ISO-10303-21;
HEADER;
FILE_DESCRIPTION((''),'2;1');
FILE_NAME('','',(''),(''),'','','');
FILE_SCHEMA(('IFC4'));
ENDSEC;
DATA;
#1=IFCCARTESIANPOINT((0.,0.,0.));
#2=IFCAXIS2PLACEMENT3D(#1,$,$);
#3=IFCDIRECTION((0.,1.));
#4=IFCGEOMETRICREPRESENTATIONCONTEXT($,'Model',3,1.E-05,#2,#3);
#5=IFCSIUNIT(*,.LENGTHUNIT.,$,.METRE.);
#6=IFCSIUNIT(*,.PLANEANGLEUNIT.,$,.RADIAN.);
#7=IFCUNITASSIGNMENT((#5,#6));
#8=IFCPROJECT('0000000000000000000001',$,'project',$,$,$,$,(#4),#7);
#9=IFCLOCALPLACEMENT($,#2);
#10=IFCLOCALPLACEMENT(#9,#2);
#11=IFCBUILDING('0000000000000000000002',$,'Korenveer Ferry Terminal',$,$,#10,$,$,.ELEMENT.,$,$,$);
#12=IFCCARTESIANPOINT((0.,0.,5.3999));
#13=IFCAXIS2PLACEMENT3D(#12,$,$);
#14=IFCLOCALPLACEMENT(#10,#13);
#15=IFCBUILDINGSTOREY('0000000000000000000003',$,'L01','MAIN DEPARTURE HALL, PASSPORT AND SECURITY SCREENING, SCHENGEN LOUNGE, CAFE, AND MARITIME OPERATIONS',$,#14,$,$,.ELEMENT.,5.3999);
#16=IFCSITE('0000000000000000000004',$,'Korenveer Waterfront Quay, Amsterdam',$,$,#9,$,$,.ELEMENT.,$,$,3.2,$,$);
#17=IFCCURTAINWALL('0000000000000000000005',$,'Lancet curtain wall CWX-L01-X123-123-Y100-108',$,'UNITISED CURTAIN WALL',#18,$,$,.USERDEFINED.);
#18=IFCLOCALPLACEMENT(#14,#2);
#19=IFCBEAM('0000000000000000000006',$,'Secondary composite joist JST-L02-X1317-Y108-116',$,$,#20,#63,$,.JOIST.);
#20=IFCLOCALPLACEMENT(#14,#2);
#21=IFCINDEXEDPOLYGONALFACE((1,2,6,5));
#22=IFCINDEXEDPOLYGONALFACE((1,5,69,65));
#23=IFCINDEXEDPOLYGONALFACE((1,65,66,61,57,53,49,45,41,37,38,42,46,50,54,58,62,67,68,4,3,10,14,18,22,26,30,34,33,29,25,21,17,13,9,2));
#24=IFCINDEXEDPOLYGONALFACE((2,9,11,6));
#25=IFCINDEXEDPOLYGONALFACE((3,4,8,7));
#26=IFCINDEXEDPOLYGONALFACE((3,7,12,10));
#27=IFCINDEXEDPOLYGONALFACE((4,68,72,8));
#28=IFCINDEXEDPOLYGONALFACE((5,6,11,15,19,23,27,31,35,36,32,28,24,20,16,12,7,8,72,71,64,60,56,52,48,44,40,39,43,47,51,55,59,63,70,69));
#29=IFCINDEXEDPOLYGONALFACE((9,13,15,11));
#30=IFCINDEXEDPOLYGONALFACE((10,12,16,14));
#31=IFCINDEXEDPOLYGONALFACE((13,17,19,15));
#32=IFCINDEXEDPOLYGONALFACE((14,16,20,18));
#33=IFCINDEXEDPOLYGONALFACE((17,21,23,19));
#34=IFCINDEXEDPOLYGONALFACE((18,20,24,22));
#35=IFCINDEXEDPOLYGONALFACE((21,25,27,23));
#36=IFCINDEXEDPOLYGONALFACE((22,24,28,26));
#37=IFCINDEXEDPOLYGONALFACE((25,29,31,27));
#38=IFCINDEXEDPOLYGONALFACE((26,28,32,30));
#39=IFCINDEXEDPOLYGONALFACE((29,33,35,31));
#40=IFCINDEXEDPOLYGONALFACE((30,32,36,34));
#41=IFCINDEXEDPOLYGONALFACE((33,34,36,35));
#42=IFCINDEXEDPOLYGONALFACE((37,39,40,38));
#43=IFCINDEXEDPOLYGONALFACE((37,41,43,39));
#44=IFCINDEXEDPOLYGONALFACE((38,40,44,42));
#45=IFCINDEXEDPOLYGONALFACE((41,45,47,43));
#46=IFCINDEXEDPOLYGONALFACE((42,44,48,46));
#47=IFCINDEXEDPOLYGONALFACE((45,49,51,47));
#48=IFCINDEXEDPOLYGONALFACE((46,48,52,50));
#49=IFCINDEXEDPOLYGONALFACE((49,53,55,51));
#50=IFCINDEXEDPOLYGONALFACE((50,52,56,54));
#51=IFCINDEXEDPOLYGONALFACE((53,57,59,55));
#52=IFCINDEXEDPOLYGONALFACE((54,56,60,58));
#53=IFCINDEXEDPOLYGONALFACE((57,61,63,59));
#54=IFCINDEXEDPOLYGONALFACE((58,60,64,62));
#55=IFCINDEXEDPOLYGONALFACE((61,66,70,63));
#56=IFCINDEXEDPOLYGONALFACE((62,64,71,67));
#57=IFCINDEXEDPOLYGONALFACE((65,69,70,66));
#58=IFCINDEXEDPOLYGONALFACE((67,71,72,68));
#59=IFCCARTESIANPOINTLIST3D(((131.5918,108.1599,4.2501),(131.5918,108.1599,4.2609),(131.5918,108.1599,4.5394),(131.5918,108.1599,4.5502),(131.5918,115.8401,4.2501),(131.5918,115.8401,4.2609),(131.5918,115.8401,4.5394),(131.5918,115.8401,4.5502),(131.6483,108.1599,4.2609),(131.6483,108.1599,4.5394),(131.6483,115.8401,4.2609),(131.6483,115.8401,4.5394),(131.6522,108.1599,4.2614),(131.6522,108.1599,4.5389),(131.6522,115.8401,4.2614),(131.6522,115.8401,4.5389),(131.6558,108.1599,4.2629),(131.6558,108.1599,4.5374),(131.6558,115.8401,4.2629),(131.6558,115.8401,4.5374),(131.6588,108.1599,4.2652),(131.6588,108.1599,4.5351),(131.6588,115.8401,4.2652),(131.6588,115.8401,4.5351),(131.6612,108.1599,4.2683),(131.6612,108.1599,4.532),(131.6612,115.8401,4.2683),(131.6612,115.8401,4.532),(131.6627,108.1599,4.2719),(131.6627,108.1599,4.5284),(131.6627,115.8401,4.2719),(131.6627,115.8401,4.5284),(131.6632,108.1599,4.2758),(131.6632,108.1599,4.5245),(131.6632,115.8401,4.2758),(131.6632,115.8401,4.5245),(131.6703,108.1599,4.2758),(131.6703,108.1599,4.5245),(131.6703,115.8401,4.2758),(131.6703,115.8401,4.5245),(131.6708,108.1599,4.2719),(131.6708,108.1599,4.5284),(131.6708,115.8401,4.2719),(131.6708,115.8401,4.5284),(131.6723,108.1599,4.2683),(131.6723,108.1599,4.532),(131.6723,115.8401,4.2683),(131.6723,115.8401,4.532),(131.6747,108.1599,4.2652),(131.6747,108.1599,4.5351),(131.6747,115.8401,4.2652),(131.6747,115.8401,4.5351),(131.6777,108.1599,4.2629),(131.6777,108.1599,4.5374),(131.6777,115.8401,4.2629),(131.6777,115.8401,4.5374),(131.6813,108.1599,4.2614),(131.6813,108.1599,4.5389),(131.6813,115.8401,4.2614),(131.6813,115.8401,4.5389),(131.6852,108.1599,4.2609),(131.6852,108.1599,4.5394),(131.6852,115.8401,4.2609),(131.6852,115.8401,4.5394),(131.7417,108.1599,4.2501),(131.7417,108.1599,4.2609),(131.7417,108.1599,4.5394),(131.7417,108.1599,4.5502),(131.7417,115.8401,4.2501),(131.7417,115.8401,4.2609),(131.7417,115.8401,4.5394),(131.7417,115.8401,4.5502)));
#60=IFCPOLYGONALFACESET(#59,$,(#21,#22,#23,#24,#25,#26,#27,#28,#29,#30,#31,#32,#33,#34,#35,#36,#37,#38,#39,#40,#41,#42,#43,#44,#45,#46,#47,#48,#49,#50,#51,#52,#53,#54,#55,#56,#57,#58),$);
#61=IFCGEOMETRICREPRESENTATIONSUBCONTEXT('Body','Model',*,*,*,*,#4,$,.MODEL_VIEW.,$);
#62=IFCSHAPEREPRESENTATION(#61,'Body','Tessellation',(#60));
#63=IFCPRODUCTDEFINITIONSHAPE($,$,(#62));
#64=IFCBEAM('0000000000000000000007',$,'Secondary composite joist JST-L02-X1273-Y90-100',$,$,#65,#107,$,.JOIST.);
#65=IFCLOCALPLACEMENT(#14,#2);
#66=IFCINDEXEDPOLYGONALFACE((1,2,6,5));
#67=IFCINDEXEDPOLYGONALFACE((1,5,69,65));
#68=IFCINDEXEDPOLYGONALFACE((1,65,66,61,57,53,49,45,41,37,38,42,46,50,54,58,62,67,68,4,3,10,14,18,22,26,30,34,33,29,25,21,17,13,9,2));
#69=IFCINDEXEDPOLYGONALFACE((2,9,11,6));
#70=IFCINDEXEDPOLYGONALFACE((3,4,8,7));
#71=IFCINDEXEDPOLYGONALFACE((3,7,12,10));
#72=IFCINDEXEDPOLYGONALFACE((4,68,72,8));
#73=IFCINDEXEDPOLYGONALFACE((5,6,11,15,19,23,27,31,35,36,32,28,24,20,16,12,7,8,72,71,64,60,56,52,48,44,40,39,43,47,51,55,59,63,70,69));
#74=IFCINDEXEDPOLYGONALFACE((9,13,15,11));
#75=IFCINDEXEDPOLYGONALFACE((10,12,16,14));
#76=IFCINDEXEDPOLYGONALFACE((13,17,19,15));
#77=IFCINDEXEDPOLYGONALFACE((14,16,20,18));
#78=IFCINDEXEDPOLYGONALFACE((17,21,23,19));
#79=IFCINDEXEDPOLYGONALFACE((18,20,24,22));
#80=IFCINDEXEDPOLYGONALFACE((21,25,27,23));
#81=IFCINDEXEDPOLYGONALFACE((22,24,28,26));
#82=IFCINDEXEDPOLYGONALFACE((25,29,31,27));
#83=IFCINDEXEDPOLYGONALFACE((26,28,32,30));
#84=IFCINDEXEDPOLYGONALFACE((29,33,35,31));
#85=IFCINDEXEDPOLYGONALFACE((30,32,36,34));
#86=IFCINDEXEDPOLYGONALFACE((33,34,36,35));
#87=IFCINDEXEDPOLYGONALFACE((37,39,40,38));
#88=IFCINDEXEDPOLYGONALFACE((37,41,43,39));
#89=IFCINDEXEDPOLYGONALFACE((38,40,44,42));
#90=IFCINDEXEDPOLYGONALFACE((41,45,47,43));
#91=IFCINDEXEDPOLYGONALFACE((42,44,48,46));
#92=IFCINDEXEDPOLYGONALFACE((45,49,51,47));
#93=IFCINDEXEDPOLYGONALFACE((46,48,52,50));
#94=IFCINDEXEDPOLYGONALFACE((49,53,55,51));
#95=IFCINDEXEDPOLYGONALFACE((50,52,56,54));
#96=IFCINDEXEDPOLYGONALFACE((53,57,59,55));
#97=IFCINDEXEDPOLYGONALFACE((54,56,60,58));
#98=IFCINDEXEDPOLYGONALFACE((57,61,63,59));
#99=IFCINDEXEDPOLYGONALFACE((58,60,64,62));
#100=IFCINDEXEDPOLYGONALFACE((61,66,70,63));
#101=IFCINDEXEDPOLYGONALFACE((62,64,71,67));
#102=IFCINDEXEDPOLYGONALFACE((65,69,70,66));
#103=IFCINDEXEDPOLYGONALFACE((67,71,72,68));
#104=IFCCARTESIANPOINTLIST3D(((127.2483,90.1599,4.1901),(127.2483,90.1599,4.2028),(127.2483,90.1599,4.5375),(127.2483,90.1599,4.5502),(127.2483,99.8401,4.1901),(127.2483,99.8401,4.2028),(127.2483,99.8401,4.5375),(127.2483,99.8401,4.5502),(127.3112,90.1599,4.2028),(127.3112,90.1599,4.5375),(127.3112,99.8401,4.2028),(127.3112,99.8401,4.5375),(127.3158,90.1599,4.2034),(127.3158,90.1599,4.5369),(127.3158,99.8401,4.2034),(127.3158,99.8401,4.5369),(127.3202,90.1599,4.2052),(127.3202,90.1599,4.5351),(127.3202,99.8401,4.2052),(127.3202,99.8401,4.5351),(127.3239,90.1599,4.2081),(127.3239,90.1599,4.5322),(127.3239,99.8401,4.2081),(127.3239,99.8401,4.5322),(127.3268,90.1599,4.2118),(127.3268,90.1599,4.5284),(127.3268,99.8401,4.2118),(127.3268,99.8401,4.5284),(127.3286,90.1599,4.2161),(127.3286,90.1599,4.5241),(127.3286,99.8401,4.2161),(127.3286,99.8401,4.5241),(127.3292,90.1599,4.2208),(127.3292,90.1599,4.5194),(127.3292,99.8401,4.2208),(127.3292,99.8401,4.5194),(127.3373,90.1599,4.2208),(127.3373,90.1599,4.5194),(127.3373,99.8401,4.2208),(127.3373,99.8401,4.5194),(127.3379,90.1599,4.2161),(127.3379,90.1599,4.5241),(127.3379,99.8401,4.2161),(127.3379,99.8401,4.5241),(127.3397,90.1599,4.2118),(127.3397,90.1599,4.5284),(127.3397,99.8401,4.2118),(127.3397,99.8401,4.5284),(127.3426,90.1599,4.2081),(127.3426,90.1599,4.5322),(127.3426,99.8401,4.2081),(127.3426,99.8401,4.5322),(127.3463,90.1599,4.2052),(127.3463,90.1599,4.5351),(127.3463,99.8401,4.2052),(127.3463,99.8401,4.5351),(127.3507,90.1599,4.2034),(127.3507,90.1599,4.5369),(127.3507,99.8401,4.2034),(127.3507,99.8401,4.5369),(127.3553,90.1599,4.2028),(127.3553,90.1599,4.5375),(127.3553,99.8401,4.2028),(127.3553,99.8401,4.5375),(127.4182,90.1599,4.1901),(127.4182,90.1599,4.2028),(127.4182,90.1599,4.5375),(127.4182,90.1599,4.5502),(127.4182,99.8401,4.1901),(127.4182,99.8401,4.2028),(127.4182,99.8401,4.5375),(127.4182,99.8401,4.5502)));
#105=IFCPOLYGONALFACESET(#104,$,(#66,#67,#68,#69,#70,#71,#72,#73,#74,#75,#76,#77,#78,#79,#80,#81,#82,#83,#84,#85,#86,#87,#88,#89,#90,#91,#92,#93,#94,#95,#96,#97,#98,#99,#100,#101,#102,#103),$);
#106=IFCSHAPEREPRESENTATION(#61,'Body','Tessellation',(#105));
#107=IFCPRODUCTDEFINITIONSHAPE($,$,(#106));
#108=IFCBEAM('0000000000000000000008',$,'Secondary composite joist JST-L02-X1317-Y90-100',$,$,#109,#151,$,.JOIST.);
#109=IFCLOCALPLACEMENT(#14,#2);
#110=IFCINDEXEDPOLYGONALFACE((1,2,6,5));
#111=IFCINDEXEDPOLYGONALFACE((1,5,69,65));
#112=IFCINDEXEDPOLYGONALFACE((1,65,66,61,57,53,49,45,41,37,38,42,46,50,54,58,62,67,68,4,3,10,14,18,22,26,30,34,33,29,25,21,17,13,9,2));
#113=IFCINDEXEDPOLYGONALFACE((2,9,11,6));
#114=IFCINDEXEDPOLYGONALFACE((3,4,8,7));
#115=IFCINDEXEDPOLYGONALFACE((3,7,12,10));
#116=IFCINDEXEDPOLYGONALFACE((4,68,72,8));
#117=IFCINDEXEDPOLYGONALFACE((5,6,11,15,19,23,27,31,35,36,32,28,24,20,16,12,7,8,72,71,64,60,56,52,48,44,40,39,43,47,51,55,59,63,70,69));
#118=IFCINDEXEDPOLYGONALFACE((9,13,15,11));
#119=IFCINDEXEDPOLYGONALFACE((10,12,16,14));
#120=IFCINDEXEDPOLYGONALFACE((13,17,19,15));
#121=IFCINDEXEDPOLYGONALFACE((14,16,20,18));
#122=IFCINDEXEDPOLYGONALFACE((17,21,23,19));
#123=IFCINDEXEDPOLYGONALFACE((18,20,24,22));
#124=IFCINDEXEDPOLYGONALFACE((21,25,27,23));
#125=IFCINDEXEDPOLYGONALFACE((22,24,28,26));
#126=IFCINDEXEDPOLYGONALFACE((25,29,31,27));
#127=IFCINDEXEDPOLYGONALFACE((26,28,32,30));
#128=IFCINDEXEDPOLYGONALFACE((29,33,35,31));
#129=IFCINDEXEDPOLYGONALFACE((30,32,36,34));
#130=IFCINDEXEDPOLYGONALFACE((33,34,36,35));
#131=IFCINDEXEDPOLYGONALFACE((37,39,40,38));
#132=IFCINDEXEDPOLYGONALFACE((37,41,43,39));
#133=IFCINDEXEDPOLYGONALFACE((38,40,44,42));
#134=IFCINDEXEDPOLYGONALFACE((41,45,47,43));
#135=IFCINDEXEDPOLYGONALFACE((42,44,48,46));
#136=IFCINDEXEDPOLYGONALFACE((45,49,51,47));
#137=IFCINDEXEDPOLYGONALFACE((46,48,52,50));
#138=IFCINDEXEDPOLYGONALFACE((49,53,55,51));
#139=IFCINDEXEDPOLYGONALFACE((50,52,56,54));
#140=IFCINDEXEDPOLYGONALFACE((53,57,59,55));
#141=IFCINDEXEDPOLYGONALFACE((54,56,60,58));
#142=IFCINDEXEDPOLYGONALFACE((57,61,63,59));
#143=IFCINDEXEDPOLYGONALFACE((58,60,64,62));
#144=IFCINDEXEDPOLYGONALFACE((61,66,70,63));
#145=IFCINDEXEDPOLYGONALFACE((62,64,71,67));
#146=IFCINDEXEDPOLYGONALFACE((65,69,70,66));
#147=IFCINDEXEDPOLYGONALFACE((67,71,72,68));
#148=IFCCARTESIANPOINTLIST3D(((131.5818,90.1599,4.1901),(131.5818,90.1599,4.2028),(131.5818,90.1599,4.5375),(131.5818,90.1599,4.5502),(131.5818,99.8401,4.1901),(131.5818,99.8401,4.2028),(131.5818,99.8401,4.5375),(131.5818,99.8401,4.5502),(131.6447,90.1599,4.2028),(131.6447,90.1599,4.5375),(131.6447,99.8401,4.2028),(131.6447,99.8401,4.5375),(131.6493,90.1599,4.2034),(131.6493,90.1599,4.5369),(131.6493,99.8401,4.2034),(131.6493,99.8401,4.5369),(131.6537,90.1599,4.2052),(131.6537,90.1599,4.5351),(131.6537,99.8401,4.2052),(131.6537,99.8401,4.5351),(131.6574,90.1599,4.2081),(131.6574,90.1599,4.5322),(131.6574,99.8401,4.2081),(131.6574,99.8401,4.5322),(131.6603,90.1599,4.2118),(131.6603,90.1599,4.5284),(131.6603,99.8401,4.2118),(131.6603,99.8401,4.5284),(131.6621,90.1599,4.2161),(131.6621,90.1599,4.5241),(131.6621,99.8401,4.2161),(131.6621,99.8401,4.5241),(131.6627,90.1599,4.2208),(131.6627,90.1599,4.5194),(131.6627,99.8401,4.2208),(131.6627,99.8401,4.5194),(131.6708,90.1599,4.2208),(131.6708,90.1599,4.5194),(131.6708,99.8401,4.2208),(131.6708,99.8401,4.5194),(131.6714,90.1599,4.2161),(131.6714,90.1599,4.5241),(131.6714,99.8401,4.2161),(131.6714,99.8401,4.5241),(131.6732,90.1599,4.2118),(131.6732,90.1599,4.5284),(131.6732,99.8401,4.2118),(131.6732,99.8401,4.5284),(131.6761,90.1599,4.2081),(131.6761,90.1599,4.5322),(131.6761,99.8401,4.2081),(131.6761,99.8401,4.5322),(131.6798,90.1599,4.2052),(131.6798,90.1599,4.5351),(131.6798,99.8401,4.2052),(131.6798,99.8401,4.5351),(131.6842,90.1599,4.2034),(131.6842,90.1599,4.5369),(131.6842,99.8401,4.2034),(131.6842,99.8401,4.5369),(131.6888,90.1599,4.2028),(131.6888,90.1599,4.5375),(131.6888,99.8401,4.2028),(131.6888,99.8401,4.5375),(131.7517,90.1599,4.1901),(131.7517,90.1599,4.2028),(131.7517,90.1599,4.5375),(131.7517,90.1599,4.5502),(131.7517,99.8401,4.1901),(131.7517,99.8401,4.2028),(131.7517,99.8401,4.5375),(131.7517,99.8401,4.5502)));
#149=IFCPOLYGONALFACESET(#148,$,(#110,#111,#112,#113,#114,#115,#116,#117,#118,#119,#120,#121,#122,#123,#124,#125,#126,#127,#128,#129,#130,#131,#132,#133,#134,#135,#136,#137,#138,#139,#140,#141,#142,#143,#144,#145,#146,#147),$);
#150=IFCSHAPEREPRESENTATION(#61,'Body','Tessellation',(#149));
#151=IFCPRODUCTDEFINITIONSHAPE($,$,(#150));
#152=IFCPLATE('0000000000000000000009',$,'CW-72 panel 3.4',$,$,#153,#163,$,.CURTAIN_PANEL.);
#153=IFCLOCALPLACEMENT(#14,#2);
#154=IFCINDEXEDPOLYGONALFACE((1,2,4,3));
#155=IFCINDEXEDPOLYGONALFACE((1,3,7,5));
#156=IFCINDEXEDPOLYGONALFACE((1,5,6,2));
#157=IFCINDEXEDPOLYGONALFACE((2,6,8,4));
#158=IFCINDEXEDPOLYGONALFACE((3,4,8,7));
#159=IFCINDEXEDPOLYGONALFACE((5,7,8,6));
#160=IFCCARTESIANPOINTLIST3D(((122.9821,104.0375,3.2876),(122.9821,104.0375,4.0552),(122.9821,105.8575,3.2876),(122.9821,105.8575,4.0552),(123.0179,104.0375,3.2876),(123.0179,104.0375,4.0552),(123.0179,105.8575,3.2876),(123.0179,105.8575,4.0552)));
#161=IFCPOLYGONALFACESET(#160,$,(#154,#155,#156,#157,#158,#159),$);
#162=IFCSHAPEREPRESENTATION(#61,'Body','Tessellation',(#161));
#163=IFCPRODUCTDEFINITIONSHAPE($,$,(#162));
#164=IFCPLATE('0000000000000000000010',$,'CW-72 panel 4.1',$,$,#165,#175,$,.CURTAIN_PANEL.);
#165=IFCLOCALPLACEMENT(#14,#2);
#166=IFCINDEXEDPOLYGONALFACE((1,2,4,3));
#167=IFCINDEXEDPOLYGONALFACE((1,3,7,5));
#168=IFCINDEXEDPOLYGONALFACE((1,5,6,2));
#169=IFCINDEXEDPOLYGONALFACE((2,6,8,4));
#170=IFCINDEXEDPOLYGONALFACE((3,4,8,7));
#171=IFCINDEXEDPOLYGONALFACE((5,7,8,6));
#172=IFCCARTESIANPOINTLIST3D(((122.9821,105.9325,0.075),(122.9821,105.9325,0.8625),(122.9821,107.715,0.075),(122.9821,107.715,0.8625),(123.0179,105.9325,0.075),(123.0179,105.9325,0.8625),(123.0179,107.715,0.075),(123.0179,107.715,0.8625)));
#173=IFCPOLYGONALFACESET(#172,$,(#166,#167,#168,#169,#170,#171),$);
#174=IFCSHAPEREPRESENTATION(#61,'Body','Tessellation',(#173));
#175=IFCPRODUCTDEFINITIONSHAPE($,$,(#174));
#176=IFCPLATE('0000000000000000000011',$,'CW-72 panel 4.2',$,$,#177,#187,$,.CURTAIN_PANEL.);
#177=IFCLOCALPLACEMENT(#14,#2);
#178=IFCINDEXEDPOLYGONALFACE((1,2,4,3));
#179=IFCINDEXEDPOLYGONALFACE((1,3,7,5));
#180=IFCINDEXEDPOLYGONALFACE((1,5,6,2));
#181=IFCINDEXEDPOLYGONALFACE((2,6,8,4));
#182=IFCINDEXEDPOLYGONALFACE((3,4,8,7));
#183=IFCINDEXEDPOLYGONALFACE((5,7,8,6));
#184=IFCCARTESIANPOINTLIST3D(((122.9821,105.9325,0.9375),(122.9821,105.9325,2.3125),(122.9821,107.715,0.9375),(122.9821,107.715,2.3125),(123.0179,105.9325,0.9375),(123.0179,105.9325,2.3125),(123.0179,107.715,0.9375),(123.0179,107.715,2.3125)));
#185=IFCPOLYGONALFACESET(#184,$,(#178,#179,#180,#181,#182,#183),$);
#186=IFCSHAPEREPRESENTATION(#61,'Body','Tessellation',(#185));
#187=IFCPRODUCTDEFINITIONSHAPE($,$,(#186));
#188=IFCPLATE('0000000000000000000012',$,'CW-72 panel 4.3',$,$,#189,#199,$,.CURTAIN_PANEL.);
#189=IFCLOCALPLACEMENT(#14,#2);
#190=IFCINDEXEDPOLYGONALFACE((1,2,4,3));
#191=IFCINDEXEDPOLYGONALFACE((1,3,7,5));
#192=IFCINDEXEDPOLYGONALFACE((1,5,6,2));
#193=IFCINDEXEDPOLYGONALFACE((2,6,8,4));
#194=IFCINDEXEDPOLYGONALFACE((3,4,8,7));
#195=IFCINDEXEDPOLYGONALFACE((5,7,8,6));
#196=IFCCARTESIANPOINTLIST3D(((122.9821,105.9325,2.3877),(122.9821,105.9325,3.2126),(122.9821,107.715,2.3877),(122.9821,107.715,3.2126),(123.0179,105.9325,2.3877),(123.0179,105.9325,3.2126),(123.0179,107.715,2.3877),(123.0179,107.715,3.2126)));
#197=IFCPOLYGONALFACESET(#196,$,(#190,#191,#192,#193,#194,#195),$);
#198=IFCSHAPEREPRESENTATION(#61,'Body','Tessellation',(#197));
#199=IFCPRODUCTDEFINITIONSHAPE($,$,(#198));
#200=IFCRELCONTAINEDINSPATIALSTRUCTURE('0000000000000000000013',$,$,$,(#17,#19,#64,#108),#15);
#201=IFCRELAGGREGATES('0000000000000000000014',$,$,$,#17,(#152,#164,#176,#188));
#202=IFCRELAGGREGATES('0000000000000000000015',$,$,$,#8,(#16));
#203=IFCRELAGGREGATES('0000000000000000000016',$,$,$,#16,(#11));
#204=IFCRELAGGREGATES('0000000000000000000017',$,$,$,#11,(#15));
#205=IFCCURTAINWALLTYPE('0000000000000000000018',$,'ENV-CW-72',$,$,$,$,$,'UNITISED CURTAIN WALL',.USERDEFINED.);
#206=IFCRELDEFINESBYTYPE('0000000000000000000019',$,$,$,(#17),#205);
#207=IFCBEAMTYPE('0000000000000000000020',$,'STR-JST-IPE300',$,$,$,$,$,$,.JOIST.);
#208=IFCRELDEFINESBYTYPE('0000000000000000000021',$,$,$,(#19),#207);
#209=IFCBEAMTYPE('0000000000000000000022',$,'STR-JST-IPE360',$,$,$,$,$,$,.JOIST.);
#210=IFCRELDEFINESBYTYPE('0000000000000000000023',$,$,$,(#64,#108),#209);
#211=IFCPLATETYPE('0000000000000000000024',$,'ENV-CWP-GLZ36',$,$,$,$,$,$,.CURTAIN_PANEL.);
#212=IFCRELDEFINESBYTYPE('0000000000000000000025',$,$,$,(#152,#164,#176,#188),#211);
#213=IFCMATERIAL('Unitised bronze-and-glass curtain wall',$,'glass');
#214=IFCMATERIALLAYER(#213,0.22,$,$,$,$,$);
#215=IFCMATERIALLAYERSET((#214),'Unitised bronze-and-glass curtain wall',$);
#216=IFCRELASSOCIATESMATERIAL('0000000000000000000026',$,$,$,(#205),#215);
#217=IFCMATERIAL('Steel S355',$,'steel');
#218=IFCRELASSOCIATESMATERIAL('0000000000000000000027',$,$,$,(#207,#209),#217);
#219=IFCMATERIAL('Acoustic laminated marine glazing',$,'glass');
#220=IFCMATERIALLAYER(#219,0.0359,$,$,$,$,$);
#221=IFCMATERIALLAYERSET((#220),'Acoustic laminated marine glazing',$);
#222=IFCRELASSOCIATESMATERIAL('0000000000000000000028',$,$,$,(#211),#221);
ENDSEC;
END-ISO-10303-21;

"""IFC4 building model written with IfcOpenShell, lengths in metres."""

from ifc_helpers import new_model, si_unit, direction, frame, origin, origin_2d, place, context, subcontext, project, spatial, rectangle, i_section, extrude, material, layer, layer_set, material_profile, profile_set, type_object, element, aggregate, save


model = new_model("IFC4")

# Units and contexts
model_context = context("Model", 3, precision=1e-05, world=origin(), true_north=direction((0.0, 1.0)))
body_context = subcontext(model_context, "Body", "Model", "MODEL_VIEW")
ifc_project = project(units=[si_unit("LENGTHUNIT", "METRE"), si_unit("PLANEANGLEUNIT", "RADIAN")], contexts=[model_context])

# Site, building, storey
site_placement = place(None, origin())
site = spatial("IfcSite", under=ifc_project, at=site_placement, Name="Korenveer Waterfront Quay, Amsterdam", CompositionType="ELEMENT", RefElevation=3.2)
building_placement = place(site_placement, origin())
building = spatial("IfcBuilding", under=site, at=building_placement, Name="Korenveer Ferry Terminal", CompositionType="ELEMENT")
storey_placement = place(building_placement, frame((0.0, 0.0, 5.3999)))
storey = spatial("IfcBuildingStorey", under=building, at=storey_placement, Name="L01", Description="MAIN DEPARTURE HALL, PASSPORT AND SECURITY SCREENING, SCHENGEN LOUNGE, CAFE, AND MARITIME OPERATIONS", CompositionType="ELEMENT", Elevation=5.3999)

# Shared definitions
ifc_material_1 = material(Name="Steel S355", Category="steel")

# Curtain wall
ifc_material_2 = material(Name="Unitised bronze-and-glass curtain wall", Category="glass")
ifc_layer_1 = layer(ifc_material_2, 0.22)
ifc_layer_set_1 = layer_set([ifc_layer_1], Name="Unitised bronze-and-glass curtain wall")
curtain_wall_type_1 = type_object("IfcCurtainWallType", Name="ENV-CW-72", ElementType="UNITISED CURTAIN WALL", PredefinedType="USERDEFINED", material=ifc_layer_set_1)
curtain_wall_1_placement = place(storey_placement, frame((123.0, 100.21, 0.0)))
curtain_wall_1 = element("IfcCurtainWall", 1, at=curtain_wall_1_placement, inside=storey, type_object=curtain_wall_type_1, Name="Lancet curtain wall CWX-L01-X123-123-Y100-108", ObjectType="UNITISED CURTAIN WALL", PredefinedType="USERDEFINED")

# Beams
ifc_material_profile_1 = material_profile(ifc_material_1, i_section(OverallWidth=0.1499, OverallDepth=0.3, WebThickness=0.0071, FlangeThickness=0.0107, FilletRadius=0.0149, at=origin_2d()), Name="IPE 300")
ifc_profile_set_1 = profile_set([ifc_material_profile_1], Name="Steel S355")
beam_type_1 = type_object("IfcBeamType", Name="STR-JST-IPE300", PredefinedType="JOIST", material=ifc_profile_set_1)
for number, where, z_axis, x_axis, name in (
    (2, (131.6667, 108.1599, 4.4001), (0.0, 1.0, 0.0), (-1.0, 0.0, 0.0), "Secondary composite joist JST-L02-X1317-Y108-116"),
):
    element("IfcBeam", number, at=place(storey_placement, frame(where, z_axis=z_axis, x_axis=x_axis)), inside=storey, type_object=beam_type_1, Name=name, PredefinedType="JOIST", context=body_context, shape_type="SweptSolid", body=[
        extrude(i_section(OverallWidth=0.1499, OverallDepth=0.3, WebThickness=0.0071, FlangeThickness=0.0107, FilletRadius=0.0149, at=origin_2d()), origin(), (0.0, 0.0, 1.0), 7.6802),
    ])
ifc_material_profile_2 = material_profile(ifc_material_1, i_section(OverallWidth=0.1699, OverallDepth=0.3601, WebThickness=0.0081, FlangeThickness=0.0127, FilletRadius=0.0181, at=origin_2d()), Name="IPE 360")
ifc_profile_set_2 = profile_set([ifc_material_profile_2], Name="Steel S355")
beam_type_2 = type_object("IfcBeamType", Name="STR-JST-IPE360", PredefinedType="JOIST", material=ifc_profile_set_2)
for number, where, z_axis, x_axis, name in (
    (3, (127.3333, 90.1599, 4.3701), (0.0, 1.0, 0.0), (-1.0, 0.0, 0.0), "Secondary composite joist JST-L02-X1273-Y90-100"),
    (4, (131.6667, 90.1599, 4.3701), (0.0, 1.0, 0.0), (-1.0, 0.0, 0.0), "Secondary composite joist JST-L02-X1317-Y90-100"),
):
    element("IfcBeam", number, at=place(storey_placement, frame(where, z_axis=z_axis, x_axis=x_axis)), inside=storey, type_object=beam_type_2, Name=name, PredefinedType="JOIST", context=body_context, shape_type="SweptSolid", body=[
        extrude(i_section(OverallWidth=0.1699, OverallDepth=0.3601, WebThickness=0.0081, FlangeThickness=0.0127, FilletRadius=0.0181, at=origin_2d()), origin(), (0.0, 0.0, 1.0), 9.6802),
    ])

# Plates
ifc_material_3 = material(Name="Acoustic laminated marine glazing", Category="glass")
ifc_layer_2 = layer(ifc_material_3, 0.0359)
ifc_layer_set_2 = layer_set([ifc_layer_2], Name="Acoustic laminated marine glazing")
plate_type = type_object("IfcPlateType", Name="ENV-CWP-GLZ36", PredefinedType="CURTAIN_PANEL", material=ifc_layer_set_2)
plate_1_placement = place(storey_placement, frame((123.0, 104.9475, 3.2876), z_axis=(0.0, 0.0, 1.0), x_axis=(0.0, 1.0, 0.0)))
plate_1 = element("IfcPlate", 5, at=plate_1_placement, type_object=plate_type, Name="CW-72 panel 3.4", PredefinedType="CURTAIN_PANEL", context=body_context, shape_type="SweptSolid", body=[
    extrude(rectangle(XDim=1.8201, YDim=0.0359, at=origin_2d()), origin(), (0.0, 0.0, 1.0), 0.7676),
])
plate_2_placement = place(storey_placement, frame((123.0, 106.8237, 0.075), z_axis=(0.0, 0.0, 1.0), x_axis=(0.0, 1.0, 0.0)))
plate_2 = element("IfcPlate", 6, at=plate_2_placement, type_object=plate_type, Name="CW-72 panel 4.1", PredefinedType="CURTAIN_PANEL", context=body_context, shape_type="SweptSolid", body=[
    extrude(rectangle(XDim=1.7825, YDim=0.0359, at=origin_2d()), origin(), (0.0, 0.0, 1.0), 0.7876),
])
plate_3_placement = place(storey_placement, frame((123.0, 106.8237, 0.9375), z_axis=(0.0, 0.0, 1.0), x_axis=(0.0, 1.0, 0.0)))
plate_3 = element("IfcPlate", 7, at=plate_3_placement, type_object=plate_type, Name="CW-72 panel 4.2", PredefinedType="CURTAIN_PANEL", context=body_context, shape_type="SweptSolid", body=[
    extrude(rectangle(XDim=1.7825, YDim=0.0359, at=origin_2d()), origin(), (0.0, 0.0, 1.0), 1.375),
])
plate_4_placement = place(storey_placement, frame((123.0, 106.8237, 2.3877), z_axis=(0.0, 0.0, 1.0), x_axis=(0.0, 1.0, 0.0)))
plate_4 = element("IfcPlate", 8, at=plate_4_placement, type_object=plate_type, Name="CW-72 panel 4.3", PredefinedType="CURTAIN_PANEL", context=body_context, shape_type="SweptSolid", body=[
    extrude(rectangle(XDim=1.7825, YDim=0.0359, at=origin_2d()), origin(), (0.0, 0.0, 1.0), 0.825),
])
aggregate(curtain_wall_1, [plate_1, plate_2, plate_3, plate_4])

save(model, "model.ifc")
